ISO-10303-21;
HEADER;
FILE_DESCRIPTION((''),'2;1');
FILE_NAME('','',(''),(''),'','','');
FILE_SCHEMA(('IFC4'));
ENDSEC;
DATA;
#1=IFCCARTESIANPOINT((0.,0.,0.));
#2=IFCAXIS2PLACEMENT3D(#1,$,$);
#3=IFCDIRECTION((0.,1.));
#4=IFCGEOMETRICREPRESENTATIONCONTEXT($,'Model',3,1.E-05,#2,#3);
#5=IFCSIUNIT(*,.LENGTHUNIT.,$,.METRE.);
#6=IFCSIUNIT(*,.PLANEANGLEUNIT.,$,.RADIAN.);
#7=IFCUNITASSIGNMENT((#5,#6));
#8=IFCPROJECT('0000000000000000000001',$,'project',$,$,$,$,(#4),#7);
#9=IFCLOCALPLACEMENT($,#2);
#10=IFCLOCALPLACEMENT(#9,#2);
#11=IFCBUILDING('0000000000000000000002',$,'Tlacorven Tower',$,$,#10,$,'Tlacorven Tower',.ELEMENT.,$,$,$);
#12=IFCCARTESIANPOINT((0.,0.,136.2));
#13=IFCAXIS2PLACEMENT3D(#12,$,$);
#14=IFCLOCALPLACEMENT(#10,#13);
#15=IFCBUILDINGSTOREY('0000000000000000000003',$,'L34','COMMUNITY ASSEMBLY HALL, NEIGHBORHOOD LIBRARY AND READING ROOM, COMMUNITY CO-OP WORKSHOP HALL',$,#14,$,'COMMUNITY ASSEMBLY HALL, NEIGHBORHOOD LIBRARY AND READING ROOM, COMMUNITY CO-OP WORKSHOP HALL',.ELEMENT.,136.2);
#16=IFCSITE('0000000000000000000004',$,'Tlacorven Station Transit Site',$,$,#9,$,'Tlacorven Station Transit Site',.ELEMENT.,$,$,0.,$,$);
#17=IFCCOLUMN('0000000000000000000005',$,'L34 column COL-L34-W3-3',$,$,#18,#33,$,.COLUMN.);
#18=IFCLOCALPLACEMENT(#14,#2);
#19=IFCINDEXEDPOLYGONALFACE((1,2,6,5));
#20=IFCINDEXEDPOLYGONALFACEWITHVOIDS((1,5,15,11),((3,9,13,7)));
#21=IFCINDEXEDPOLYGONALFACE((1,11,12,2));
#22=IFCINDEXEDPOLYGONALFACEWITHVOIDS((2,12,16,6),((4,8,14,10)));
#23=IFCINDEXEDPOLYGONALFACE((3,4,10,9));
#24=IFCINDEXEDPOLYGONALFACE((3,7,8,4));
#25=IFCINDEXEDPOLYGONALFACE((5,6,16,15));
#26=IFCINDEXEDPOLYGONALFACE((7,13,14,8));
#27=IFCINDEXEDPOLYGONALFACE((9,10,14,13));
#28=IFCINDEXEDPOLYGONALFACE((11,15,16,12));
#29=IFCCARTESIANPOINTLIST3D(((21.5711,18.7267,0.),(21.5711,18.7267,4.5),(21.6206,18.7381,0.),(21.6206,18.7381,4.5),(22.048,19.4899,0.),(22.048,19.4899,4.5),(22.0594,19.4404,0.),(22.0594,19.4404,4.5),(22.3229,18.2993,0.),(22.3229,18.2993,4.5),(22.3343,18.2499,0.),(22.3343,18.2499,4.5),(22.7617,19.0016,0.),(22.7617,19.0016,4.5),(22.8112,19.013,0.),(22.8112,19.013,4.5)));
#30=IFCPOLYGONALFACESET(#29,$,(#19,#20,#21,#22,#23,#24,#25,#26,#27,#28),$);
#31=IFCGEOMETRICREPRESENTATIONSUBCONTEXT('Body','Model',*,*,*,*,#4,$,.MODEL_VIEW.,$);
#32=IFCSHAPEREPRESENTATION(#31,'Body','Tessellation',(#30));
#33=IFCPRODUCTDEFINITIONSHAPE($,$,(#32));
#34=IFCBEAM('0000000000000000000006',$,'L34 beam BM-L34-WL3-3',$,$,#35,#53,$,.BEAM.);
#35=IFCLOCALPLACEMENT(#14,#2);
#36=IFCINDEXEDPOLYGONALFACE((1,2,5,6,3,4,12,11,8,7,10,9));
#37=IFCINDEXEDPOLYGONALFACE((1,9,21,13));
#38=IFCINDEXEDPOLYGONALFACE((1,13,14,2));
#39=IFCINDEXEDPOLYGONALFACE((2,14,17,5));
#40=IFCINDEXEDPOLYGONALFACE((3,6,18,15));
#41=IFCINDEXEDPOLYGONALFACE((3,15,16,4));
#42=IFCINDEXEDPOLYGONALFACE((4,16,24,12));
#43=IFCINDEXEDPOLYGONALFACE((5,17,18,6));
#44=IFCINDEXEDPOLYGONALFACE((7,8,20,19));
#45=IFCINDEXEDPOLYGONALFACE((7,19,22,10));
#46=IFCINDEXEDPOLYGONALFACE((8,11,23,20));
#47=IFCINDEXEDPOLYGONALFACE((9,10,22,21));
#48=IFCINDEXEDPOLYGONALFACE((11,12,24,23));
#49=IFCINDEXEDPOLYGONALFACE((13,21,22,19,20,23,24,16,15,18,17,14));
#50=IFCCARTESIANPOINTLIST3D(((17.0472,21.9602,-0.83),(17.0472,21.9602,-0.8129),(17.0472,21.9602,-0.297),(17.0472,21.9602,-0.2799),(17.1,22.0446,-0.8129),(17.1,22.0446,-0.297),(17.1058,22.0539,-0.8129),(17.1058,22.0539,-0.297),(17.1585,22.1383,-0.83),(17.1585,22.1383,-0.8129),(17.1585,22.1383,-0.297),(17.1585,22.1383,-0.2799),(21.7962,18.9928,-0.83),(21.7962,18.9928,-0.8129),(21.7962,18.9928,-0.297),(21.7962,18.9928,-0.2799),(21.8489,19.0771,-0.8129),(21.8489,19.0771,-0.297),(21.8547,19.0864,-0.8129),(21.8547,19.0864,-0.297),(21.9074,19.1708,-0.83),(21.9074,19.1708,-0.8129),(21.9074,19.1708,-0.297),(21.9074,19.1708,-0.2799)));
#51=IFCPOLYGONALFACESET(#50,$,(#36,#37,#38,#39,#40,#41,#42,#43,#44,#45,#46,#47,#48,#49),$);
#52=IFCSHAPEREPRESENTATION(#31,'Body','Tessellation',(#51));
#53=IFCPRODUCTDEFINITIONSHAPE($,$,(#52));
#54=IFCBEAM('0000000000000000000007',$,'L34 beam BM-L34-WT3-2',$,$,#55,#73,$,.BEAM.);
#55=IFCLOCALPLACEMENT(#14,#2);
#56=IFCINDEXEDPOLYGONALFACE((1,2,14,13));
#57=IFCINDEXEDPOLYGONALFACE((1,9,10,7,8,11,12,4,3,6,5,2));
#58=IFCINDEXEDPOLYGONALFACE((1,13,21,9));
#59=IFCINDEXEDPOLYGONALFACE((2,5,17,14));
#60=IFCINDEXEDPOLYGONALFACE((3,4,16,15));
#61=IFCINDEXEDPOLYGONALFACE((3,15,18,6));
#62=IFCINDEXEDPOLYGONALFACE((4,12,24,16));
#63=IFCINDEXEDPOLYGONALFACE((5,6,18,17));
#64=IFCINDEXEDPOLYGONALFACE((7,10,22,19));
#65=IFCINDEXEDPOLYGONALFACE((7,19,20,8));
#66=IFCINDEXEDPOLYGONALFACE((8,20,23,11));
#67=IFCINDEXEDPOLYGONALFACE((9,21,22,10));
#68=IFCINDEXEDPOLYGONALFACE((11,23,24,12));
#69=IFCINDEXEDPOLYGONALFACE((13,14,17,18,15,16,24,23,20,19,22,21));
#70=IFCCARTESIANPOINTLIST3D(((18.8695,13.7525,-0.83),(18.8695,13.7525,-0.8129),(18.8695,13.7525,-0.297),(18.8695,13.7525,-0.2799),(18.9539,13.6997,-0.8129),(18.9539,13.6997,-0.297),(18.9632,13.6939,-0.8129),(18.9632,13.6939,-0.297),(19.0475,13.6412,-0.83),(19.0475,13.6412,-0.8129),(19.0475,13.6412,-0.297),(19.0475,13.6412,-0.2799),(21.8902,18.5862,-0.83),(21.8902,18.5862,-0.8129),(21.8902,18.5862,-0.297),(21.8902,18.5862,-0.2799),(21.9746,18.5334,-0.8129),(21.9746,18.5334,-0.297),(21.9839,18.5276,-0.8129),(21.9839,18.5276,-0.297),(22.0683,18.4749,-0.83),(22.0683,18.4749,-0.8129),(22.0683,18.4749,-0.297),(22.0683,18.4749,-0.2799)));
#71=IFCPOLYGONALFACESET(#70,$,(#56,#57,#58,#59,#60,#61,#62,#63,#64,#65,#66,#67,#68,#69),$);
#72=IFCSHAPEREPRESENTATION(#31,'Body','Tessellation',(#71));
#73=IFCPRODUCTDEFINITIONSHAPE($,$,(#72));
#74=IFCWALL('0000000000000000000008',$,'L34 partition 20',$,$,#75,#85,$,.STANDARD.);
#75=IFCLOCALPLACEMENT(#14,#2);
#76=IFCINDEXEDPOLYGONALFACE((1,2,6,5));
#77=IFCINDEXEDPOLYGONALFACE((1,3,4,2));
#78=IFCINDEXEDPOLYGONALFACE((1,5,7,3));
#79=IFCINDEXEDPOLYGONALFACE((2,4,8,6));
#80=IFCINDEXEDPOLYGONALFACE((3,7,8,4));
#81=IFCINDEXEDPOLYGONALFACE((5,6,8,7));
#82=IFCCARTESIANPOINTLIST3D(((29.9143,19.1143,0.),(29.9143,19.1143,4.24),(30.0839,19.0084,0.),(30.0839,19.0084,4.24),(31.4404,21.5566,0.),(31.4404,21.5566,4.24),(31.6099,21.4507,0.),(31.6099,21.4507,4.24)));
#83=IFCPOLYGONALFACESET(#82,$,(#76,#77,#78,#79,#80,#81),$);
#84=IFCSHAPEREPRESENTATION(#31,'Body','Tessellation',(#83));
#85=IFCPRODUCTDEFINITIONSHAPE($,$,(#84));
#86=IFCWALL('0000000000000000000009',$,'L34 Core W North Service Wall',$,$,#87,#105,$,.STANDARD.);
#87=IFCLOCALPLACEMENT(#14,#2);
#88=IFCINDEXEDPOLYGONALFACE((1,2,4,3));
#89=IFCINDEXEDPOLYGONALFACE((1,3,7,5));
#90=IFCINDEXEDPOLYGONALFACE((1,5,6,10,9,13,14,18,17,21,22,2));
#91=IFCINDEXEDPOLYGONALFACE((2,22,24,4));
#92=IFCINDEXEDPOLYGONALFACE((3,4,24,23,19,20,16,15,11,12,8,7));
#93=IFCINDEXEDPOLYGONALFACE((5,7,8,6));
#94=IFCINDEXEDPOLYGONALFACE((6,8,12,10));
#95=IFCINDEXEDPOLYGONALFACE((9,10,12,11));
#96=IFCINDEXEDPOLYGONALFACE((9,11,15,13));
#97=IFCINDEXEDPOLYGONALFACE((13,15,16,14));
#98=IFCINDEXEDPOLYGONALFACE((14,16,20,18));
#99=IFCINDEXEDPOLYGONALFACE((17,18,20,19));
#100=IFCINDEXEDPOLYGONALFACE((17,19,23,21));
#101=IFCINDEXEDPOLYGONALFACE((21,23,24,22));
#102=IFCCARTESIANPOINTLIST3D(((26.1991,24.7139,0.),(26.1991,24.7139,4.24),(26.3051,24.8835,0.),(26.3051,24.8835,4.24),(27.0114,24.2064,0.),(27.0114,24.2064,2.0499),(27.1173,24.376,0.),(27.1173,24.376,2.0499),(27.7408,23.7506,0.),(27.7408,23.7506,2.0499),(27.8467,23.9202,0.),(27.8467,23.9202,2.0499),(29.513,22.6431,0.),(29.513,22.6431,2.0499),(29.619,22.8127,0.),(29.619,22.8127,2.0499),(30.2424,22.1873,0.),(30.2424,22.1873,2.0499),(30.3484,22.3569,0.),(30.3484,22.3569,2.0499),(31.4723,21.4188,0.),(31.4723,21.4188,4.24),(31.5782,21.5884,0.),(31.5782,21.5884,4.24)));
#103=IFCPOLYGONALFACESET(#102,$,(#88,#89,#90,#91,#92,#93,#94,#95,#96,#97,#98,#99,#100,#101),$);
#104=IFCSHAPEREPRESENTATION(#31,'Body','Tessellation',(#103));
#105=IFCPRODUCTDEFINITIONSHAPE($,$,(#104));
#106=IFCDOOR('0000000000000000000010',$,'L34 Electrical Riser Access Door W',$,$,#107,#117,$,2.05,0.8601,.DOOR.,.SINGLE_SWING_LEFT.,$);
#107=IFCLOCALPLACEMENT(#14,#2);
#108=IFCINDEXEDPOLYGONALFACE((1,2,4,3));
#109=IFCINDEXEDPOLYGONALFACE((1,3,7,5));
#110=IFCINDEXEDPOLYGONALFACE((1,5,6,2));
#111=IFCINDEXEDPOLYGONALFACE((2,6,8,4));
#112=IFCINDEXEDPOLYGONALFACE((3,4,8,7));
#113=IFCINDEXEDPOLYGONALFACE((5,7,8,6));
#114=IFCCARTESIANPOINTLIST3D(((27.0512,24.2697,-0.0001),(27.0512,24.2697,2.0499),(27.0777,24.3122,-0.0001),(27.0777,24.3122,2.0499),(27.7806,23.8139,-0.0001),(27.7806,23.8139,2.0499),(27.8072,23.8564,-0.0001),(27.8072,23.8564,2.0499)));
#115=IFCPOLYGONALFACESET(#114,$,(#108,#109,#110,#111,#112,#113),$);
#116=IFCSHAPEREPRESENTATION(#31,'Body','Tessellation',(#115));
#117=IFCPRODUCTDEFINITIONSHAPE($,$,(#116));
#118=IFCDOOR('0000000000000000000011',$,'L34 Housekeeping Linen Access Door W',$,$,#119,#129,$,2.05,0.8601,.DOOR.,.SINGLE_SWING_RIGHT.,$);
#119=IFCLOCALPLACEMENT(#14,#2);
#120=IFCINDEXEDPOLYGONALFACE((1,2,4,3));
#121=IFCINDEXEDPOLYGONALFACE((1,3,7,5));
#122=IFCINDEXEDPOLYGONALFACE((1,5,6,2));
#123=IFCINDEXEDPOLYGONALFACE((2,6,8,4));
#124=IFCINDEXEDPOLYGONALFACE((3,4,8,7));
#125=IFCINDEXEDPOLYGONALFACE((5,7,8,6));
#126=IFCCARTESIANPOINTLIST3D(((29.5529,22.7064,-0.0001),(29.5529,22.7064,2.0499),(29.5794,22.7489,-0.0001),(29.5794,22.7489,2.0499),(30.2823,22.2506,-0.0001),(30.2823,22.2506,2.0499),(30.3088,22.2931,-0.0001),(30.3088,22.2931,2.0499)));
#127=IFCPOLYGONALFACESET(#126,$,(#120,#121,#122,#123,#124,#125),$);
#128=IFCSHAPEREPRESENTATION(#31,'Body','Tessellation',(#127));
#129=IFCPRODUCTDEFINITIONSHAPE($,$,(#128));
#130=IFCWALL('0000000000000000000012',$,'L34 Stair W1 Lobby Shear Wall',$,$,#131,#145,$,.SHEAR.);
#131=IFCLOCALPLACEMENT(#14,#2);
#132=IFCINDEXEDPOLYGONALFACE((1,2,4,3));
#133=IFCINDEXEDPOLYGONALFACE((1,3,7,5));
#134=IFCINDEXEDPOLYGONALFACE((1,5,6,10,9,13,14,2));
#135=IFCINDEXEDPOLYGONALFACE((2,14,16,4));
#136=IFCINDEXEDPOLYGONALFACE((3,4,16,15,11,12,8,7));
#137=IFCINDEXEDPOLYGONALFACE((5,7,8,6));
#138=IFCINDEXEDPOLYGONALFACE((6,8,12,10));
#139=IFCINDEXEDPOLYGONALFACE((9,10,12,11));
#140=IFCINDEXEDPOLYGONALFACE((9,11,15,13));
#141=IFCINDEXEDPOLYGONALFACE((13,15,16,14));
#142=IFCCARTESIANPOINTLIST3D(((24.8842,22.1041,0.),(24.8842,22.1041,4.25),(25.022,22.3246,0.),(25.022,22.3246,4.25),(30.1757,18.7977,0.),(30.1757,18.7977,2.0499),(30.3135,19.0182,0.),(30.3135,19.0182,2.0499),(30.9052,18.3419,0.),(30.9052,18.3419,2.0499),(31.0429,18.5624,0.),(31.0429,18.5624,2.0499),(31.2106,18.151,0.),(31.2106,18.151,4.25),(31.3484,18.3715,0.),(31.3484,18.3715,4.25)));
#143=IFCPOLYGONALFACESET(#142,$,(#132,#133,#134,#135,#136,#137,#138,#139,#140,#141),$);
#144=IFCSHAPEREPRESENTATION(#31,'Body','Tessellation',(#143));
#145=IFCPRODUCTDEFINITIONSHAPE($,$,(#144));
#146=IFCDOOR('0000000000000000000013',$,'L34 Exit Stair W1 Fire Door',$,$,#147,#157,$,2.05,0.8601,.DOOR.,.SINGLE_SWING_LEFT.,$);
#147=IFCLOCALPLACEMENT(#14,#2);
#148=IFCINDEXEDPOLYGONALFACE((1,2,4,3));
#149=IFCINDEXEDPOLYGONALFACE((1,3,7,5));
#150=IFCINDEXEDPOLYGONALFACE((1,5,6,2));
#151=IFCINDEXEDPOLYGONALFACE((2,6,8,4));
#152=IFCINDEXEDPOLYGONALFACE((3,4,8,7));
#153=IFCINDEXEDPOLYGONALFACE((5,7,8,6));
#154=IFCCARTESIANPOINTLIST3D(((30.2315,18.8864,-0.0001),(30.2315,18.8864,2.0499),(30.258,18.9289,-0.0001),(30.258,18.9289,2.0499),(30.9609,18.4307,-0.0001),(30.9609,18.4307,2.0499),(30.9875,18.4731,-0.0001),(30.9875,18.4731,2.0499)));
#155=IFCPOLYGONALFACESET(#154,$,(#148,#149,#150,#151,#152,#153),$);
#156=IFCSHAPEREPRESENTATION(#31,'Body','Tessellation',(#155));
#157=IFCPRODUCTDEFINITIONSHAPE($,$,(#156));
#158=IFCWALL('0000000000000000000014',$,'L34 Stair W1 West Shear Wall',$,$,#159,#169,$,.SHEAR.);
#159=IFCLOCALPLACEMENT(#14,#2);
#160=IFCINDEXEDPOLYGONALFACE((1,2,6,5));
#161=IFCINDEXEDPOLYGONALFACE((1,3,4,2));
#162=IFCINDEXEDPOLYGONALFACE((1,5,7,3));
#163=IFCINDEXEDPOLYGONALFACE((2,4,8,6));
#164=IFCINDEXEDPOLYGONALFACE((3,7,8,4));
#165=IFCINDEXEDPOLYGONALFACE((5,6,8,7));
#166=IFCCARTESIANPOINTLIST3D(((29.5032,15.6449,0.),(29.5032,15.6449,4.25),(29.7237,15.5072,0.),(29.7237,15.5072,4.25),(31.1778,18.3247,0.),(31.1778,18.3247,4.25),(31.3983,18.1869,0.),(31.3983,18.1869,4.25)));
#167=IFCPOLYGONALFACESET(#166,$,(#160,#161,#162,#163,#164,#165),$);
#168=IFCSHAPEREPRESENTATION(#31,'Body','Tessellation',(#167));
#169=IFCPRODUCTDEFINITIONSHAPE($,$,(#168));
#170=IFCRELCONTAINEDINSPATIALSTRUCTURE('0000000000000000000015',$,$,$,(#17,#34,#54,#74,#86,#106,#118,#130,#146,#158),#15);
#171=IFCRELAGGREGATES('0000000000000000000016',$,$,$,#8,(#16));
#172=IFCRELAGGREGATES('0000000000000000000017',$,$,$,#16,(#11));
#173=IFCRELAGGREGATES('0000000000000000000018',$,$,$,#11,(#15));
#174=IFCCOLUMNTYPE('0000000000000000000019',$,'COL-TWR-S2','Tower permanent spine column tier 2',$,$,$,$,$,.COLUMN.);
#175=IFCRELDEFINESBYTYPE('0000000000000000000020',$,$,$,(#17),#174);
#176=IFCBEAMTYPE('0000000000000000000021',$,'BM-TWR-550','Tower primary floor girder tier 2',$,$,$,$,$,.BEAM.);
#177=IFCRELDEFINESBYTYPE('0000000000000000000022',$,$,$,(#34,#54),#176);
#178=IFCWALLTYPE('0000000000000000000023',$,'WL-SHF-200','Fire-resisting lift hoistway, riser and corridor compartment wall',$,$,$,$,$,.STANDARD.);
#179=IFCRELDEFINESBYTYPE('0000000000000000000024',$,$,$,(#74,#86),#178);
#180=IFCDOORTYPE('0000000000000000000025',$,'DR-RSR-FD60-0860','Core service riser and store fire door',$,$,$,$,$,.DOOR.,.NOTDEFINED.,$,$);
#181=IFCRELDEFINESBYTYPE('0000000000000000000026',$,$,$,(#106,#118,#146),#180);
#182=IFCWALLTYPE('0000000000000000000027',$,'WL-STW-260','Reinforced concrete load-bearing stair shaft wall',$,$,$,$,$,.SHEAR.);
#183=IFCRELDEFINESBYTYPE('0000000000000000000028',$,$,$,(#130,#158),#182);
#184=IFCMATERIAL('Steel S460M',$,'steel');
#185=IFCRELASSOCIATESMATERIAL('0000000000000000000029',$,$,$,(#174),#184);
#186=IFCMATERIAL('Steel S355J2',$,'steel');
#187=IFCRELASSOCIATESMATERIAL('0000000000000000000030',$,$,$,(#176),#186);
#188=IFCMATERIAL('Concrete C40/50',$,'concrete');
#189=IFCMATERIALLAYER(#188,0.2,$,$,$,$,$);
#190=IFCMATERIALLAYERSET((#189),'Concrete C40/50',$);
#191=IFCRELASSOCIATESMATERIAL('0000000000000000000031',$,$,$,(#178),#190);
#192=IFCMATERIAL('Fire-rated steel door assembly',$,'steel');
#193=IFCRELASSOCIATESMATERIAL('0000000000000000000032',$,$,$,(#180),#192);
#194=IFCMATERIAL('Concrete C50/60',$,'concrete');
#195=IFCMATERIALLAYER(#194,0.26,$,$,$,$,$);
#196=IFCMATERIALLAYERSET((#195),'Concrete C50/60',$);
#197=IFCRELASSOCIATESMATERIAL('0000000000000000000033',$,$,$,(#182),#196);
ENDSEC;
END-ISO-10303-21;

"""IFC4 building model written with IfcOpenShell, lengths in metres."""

from ifc_helpers import new_model, si_unit, direction, frame, frame_2d, origin, origin_2d, place, context, subcontext, project, spatial, rectangle, hollow_rectangle, i_section, extrude, source, transform, mapped, material, layer, layer_set, material_profile, profile_set, type_object, element, fill, save


model = new_model("IFC4")

# Units and contexts
model_context = context("Model", 3, precision=1e-05, world=origin(), true_north=direction((0.0, 1.0)))
body_context = subcontext(model_context, "Body", "Model", "MODEL_VIEW")
ifc_project = project(units=[si_unit("LENGTHUNIT", "METRE"), si_unit("PLANEANGLEUNIT", "RADIAN")], contexts=[model_context])

# Site, building, storey
site_placement = place(None, origin())
site = spatial("IfcSite", under=ifc_project, at=site_placement, Name="Tlacorven Station Transit Site", LongName="Tlacorven Station Transit Site", CompositionType="ELEMENT", RefElevation=0.0)
building_placement = place(site_placement, origin())
building = spatial("IfcBuilding", under=site, at=building_placement, Name="Tlacorven Tower", LongName="Tlacorven Tower", CompositionType="ELEMENT")
storey_placement = place(building_placement, frame((0.0, 0.0, 136.2)))
storey = spatial("IfcBuildingStorey", under=building, at=storey_placement, Name="L34", Description="COMMUNITY ASSEMBLY HALL, NEIGHBORHOOD LIBRARY AND READING ROOM, COMMUNITY CO-OP WORKSHOP HALL", LongName="COMMUNITY ASSEMBLY HALL, NEIGHBORHOOD LIBRARY AND READING ROOM, COMMUNITY CO-OP WORKSHOP HALL", CompositionType="ELEMENT", Elevation=136.2)

# Column
ifc_material_1 = material(Name="Steel S460M", Category="steel")
ifc_material_profile_1 = material_profile(ifc_material_1, hollow_rectangle(XDim=0.8999, YDim=0.8999, WallThickness=0.0359, at=origin_2d()), Name="BOX 900X900X36")
ifc_profile_set_1 = profile_set([ifc_material_profile_1], Name="Steel S460M")
column_type = type_object("IfcColumnType", Name="COL-TWR-S2", Description="Tower permanent spine column tier 2", PredefinedType="COLUMN", material=ifc_profile_set_1)
shared_shape_1 = source(origin(), body_context, "Body", "SweptSolid", [
    extrude(hollow_rectangle(XDim=0.8999, YDim=0.8999, WallThickness=0.0359, at=origin_2d()), origin(), (0.0, 0.0, 1.0), 4.5),
])
column_placement = place(storey_placement, frame((22.1912, 18.8699, 0.0), z_axis=(0.0, 0.0, 1.0), x_axis=(-0.848048, 0.529919, 0.0)))
element("IfcColumn", 1, at=column_placement, inside=storey, type_object=column_type, Name="L34 column COL-L34-W3-3", PredefinedType="COLUMN", context=body_context, shape_type="MappedRepresentation", body=[
    mapped(shared_shape_1, transform((0.0, 0.0, 0.0), scale=1.0)),
])

# Beams
ifc_material_2 = material(Name="Steel S355J2", Category="steel")
ifc_material_profile_2 = material_profile(ifc_material_2, i_section(OverallWidth=0.21, OverallDepth=0.55, WebThickness=0.011, FlangeThickness=0.0171, at=origin_2d()), Name="IPE 550")
ifc_profile_set_2 = profile_set([ifc_material_profile_2], Name="Steel S355J2")
beam_type = type_object("IfcBeamType", Name="BM-TWR-550", Description="Tower primary floor girder tier 2", PredefinedType="BEAM", material=ifc_profile_set_2)
shared_shape_2 = source(origin(), body_context, "Body", "SweptSolid", [
    extrude(i_section(OverallWidth=0.21, OverallDepth=0.55, WebThickness=0.011, FlangeThickness=0.0171, at=origin_2d()), origin(), (0.0, 0.0, 1.0), 5.5999),
])
beam_1_placement = place(storey_placement, frame((21.8518, 19.0818, -0.5549), z_axis=(-0.848047, 0.529921, 0.0), x_axis=(-0.529921, -0.848047, 0.0)))
element("IfcBeam", 2, at=beam_1_placement, inside=storey, type_object=beam_type, Name="L34 beam BM-L34-WL3-3", PredefinedType="BEAM", context=body_context, shape_type="MappedRepresentation", body=[
    mapped(shared_shape_2, transform((0.0, 0.0, 0.0), scale=1.0)),
])
shared_shape_3 = source(origin(), body_context, "Body", "SweptSolid", [
    extrude(i_section(OverallWidth=0.21, OverallDepth=0.55, WebThickness=0.011, FlangeThickness=0.0171, at=origin_2d()), origin(), (0.0, 0.0, 1.0), 5.7),
])
beam_2_placement = place(storey_placement, frame((21.9792, 18.5305, -0.5549), z_axis=(-0.529957, -0.848025, 0.0), x_axis=(0.848025, -0.529957, 0.0)))
element("IfcBeam", 3, at=beam_2_placement, inside=storey, type_object=beam_type, Name="L34 beam BM-L34-WT3-2", PredefinedType="BEAM", context=body_context, shape_type="MappedRepresentation", body=[
    mapped(shared_shape_3, transform((0.0, 0.0, 0.0), scale=1.0)),
])

# Wall
ifc_material_3 = material(Name="Concrete C40/50", Category="concrete")
ifc_layer_1 = layer(ifc_material_3, 0.2)
ifc_layer_set_1 = layer_set([ifc_layer_1], Name="Concrete C40/50")
wall_type_1 = type_object("IfcWallType", Name="WL-SHF-200", Description="Fire-resisting lift hoistway, riser and corridor compartment wall", PredefinedType="STANDARD", material=ifc_layer_set_1)
wall_1_placement = place(storey_placement, frame((31.5251, 21.5037, 0.0), z_axis=(0.0, 0.0, 1.0), x_axis=(-0.529907, -0.848055, 0.0)))
element("IfcWall", 4, at=wall_1_placement, inside=storey, type_object=wall_type_1, Name="L34 partition 20", PredefinedType="STANDARD", context=body_context, shape_type="SweptSolid", body=[
    extrude(rectangle(XDim=2.8799, YDim=0.2, at=frame_2d((1.4399, 0.0))), origin(), (0.0, 0.0, 1.0), 4.24),
])

# Wall, openings, doors
wall_2_placement = place(storey_placement, frame((31.5251, 21.5037, 0.0), z_axis=(0.0, 0.0, 1.0), x_axis=(-0.84804, 0.529932, 0.0)))
wall_2 = element("IfcWall", 5, at=wall_2_placement, inside=storey, type_object=wall_type_1, Name="L34 Core W North Service Wall", PredefinedType="STANDARD", context=body_context, shape_type="SweptSolid", body=[
    extrude(rectangle(XDim=6.218, YDim=0.2, at=frame_2d((3.1089, 0.0))), origin(), (0.0, 0.0, 1.0), 4.24),
])
opening_1_placement = place(wall_2_placement, frame((4.3999, 0.0, 0.0)))
opening_1 = element("IfcOpeningElement", 6, at=opening_1_placement, cuts=wall_2, PredefinedType="OPENING", context=body_context, shape_type="SweptSolid", body=[
    extrude(rectangle(XDim=0.8601, YDim=2.05, at=frame_2d((0.4302, 1.0249))), frame((0.0, 0.1099, 0.0), z_axis=(0.0, -1.0, 0.0), x_axis=(1.0, 0.0, 0.0)), (0.0, 0.0, 1.0), 0.22),
])
opening_2_placement = place(wall_2_placement, frame((1.45, 0.0, 0.0)))
opening_2 = element("IfcOpeningElement", 7, at=opening_2_placement, cuts=wall_2, PredefinedType="OPENING", context=body_context, shape_type="SweptSolid", body=[
    extrude(rectangle(XDim=0.8601, YDim=2.05, at=frame_2d((0.4302, 1.0249))), frame((0.0, 0.1099, 0.0), z_axis=(0.0, -1.0, 0.0), x_axis=(1.0, 0.0, 0.0)), (0.0, 0.0, 1.0), 0.22),
])
ifc_material_4 = material(Name="Fire-rated steel door assembly", Category="steel")
door_type = type_object("IfcDoorType", Name="DR-RSR-FD60-0860", Description="Core service riser and store fire door", OperationType="NOTDEFINED", PredefinedType="DOOR", material=ifc_material_4)
shared_shape_4 = source(origin(), body_context, "Body", "SweptSolid", [
    extrude(rectangle(XDim=0.8601, YDim=2.05, at=frame_2d((0.4302, 1.0249))), frame((0.0, 0.0249, 0.0), z_axis=(0.0, -1.0, 0.0), x_axis=(1.0, 0.0, 0.0)), (0.0, 0.0, 1.0), 0.05),
])
door_1_placement = place(opening_1_placement, frame((0.8601, 0.0, 0.0), z_axis=(0.0, 0.0, 1.0), x_axis=(-1.0, 0.0, 0.0)))
door_1 = element("IfcDoor", 8, at=door_1_placement, inside=storey, type_object=door_type, Name="L34 Electrical Riser Access Door W", OperationType="SINGLE_SWING_LEFT", OverallHeight=2.05, OverallWidth=0.8601, PredefinedType="DOOR", context=body_context, shape_type="MappedRepresentation", body=[
    mapped(shared_shape_4, transform((0.0, 0.0, 0.0), scale=1.0)),
])
fill(opening_1, door_1)
door_2_placement = place(opening_2_placement, frame((0.8601, 0.0, 0.0), z_axis=(0.0, 0.0, 1.0), x_axis=(-1.0, 0.0, 0.0)))
door_2 = element("IfcDoor", 9, at=door_2_placement, inside=storey, type_object=door_type, Name="L34 Housekeeping Linen Access Door W", OperationType="SINGLE_SWING_RIGHT", OverallHeight=2.05, OverallWidth=0.8601, PredefinedType="DOOR", context=body_context, shape_type="MappedRepresentation", body=[
    mapped(shared_shape_4, transform((0.0, 0.0, 0.0), scale=1.0)),
])
fill(opening_2, door_2)

# Wall, opening, door
ifc_material_5 = material(Name="Concrete C50/60", Category="concrete")
ifc_layer_2 = layer(ifc_material_5, 0.26)
ifc_layer_set_2 = layer_set([ifc_layer_2], Name="Concrete C50/60")
wall_type_2 = type_object("IfcWallType", Name="WL-STW-260", Description="Reinforced concrete load-bearing stair shaft wall", PredefinedType="SHEAR", material=ifc_layer_set_2)
wall_3_placement = place(storey_placement, frame((31.2795, 18.2612, 0.0), z_axis=(0.0, 0.0, 1.0), x_axis=(-0.848052, 0.529914, 0.0)))
wall_3 = element("IfcWall", 10, at=wall_3_placement, inside=storey, type_object=wall_type_2, Name="L34 Stair W1 Lobby Shear Wall", PredefinedType="SHEAR", context=body_context, shape_type="SweptSolid", body=[
    extrude(rectangle(XDim=7.46, YDim=0.26, at=frame_2d((3.73, 0.0))), origin(), (0.0, 0.0, 1.0), 4.25),
])
opening_3_placement = place(wall_3_placement, frame((0.3601, 0.0, 0.0)))
opening_3 = element("IfcOpeningElement", 11, at=opening_3_placement, cuts=wall_3, PredefinedType="OPENING", context=body_context, shape_type="SweptSolid", body=[
    extrude(rectangle(XDim=0.8601, YDim=2.05, at=frame_2d((0.4302, 1.0249))), frame((0.0, 0.1401, 0.0), z_axis=(0.0, -1.0, 0.0), x_axis=(1.0, 0.0, 0.0)), (0.0, 0.0, 1.0), 0.28),
])
door_3_placement = place(opening_3_placement, frame((0.8601, 0.0, 0.0), z_axis=(0.0, 0.0, 1.0), x_axis=(-1.0, 0.0, 0.0)))
door_3 = element("IfcDoor", 12, at=door_3_placement, inside=storey, type_object=door_type, Name="L34 Exit Stair W1 Fire Door", OperationType="SINGLE_SWING_LEFT", OverallHeight=2.05, OverallWidth=0.8601, PredefinedType="DOOR", context=body_context, shape_type="MappedRepresentation", body=[
    mapped(shared_shape_4, transform((0.0, 0.0, 0.0), scale=1.0)),
])
fill(opening_3, door_3)

# Wall
wall_4_placement = place(storey_placement, frame((31.2881, 18.2559, 0.0), z_axis=(0.0, 0.0, 1.0), x_axis=(-0.529943, -0.848033, 0.0)))
element("IfcWall", 13, at=wall_4_placement, inside=storey, type_object=wall_type_2, Name="L34 Stair W1 West Shear Wall", PredefinedType="SHEAR", context=body_context, shape_type="SweptSolid", body=[
    extrude(rectangle(XDim=3.1599, YDim=0.26, at=frame_2d((1.5801, 0.0))), origin(), (0.0, 0.0, 1.0), 4.25),
])

save(model, "model.ifc")
